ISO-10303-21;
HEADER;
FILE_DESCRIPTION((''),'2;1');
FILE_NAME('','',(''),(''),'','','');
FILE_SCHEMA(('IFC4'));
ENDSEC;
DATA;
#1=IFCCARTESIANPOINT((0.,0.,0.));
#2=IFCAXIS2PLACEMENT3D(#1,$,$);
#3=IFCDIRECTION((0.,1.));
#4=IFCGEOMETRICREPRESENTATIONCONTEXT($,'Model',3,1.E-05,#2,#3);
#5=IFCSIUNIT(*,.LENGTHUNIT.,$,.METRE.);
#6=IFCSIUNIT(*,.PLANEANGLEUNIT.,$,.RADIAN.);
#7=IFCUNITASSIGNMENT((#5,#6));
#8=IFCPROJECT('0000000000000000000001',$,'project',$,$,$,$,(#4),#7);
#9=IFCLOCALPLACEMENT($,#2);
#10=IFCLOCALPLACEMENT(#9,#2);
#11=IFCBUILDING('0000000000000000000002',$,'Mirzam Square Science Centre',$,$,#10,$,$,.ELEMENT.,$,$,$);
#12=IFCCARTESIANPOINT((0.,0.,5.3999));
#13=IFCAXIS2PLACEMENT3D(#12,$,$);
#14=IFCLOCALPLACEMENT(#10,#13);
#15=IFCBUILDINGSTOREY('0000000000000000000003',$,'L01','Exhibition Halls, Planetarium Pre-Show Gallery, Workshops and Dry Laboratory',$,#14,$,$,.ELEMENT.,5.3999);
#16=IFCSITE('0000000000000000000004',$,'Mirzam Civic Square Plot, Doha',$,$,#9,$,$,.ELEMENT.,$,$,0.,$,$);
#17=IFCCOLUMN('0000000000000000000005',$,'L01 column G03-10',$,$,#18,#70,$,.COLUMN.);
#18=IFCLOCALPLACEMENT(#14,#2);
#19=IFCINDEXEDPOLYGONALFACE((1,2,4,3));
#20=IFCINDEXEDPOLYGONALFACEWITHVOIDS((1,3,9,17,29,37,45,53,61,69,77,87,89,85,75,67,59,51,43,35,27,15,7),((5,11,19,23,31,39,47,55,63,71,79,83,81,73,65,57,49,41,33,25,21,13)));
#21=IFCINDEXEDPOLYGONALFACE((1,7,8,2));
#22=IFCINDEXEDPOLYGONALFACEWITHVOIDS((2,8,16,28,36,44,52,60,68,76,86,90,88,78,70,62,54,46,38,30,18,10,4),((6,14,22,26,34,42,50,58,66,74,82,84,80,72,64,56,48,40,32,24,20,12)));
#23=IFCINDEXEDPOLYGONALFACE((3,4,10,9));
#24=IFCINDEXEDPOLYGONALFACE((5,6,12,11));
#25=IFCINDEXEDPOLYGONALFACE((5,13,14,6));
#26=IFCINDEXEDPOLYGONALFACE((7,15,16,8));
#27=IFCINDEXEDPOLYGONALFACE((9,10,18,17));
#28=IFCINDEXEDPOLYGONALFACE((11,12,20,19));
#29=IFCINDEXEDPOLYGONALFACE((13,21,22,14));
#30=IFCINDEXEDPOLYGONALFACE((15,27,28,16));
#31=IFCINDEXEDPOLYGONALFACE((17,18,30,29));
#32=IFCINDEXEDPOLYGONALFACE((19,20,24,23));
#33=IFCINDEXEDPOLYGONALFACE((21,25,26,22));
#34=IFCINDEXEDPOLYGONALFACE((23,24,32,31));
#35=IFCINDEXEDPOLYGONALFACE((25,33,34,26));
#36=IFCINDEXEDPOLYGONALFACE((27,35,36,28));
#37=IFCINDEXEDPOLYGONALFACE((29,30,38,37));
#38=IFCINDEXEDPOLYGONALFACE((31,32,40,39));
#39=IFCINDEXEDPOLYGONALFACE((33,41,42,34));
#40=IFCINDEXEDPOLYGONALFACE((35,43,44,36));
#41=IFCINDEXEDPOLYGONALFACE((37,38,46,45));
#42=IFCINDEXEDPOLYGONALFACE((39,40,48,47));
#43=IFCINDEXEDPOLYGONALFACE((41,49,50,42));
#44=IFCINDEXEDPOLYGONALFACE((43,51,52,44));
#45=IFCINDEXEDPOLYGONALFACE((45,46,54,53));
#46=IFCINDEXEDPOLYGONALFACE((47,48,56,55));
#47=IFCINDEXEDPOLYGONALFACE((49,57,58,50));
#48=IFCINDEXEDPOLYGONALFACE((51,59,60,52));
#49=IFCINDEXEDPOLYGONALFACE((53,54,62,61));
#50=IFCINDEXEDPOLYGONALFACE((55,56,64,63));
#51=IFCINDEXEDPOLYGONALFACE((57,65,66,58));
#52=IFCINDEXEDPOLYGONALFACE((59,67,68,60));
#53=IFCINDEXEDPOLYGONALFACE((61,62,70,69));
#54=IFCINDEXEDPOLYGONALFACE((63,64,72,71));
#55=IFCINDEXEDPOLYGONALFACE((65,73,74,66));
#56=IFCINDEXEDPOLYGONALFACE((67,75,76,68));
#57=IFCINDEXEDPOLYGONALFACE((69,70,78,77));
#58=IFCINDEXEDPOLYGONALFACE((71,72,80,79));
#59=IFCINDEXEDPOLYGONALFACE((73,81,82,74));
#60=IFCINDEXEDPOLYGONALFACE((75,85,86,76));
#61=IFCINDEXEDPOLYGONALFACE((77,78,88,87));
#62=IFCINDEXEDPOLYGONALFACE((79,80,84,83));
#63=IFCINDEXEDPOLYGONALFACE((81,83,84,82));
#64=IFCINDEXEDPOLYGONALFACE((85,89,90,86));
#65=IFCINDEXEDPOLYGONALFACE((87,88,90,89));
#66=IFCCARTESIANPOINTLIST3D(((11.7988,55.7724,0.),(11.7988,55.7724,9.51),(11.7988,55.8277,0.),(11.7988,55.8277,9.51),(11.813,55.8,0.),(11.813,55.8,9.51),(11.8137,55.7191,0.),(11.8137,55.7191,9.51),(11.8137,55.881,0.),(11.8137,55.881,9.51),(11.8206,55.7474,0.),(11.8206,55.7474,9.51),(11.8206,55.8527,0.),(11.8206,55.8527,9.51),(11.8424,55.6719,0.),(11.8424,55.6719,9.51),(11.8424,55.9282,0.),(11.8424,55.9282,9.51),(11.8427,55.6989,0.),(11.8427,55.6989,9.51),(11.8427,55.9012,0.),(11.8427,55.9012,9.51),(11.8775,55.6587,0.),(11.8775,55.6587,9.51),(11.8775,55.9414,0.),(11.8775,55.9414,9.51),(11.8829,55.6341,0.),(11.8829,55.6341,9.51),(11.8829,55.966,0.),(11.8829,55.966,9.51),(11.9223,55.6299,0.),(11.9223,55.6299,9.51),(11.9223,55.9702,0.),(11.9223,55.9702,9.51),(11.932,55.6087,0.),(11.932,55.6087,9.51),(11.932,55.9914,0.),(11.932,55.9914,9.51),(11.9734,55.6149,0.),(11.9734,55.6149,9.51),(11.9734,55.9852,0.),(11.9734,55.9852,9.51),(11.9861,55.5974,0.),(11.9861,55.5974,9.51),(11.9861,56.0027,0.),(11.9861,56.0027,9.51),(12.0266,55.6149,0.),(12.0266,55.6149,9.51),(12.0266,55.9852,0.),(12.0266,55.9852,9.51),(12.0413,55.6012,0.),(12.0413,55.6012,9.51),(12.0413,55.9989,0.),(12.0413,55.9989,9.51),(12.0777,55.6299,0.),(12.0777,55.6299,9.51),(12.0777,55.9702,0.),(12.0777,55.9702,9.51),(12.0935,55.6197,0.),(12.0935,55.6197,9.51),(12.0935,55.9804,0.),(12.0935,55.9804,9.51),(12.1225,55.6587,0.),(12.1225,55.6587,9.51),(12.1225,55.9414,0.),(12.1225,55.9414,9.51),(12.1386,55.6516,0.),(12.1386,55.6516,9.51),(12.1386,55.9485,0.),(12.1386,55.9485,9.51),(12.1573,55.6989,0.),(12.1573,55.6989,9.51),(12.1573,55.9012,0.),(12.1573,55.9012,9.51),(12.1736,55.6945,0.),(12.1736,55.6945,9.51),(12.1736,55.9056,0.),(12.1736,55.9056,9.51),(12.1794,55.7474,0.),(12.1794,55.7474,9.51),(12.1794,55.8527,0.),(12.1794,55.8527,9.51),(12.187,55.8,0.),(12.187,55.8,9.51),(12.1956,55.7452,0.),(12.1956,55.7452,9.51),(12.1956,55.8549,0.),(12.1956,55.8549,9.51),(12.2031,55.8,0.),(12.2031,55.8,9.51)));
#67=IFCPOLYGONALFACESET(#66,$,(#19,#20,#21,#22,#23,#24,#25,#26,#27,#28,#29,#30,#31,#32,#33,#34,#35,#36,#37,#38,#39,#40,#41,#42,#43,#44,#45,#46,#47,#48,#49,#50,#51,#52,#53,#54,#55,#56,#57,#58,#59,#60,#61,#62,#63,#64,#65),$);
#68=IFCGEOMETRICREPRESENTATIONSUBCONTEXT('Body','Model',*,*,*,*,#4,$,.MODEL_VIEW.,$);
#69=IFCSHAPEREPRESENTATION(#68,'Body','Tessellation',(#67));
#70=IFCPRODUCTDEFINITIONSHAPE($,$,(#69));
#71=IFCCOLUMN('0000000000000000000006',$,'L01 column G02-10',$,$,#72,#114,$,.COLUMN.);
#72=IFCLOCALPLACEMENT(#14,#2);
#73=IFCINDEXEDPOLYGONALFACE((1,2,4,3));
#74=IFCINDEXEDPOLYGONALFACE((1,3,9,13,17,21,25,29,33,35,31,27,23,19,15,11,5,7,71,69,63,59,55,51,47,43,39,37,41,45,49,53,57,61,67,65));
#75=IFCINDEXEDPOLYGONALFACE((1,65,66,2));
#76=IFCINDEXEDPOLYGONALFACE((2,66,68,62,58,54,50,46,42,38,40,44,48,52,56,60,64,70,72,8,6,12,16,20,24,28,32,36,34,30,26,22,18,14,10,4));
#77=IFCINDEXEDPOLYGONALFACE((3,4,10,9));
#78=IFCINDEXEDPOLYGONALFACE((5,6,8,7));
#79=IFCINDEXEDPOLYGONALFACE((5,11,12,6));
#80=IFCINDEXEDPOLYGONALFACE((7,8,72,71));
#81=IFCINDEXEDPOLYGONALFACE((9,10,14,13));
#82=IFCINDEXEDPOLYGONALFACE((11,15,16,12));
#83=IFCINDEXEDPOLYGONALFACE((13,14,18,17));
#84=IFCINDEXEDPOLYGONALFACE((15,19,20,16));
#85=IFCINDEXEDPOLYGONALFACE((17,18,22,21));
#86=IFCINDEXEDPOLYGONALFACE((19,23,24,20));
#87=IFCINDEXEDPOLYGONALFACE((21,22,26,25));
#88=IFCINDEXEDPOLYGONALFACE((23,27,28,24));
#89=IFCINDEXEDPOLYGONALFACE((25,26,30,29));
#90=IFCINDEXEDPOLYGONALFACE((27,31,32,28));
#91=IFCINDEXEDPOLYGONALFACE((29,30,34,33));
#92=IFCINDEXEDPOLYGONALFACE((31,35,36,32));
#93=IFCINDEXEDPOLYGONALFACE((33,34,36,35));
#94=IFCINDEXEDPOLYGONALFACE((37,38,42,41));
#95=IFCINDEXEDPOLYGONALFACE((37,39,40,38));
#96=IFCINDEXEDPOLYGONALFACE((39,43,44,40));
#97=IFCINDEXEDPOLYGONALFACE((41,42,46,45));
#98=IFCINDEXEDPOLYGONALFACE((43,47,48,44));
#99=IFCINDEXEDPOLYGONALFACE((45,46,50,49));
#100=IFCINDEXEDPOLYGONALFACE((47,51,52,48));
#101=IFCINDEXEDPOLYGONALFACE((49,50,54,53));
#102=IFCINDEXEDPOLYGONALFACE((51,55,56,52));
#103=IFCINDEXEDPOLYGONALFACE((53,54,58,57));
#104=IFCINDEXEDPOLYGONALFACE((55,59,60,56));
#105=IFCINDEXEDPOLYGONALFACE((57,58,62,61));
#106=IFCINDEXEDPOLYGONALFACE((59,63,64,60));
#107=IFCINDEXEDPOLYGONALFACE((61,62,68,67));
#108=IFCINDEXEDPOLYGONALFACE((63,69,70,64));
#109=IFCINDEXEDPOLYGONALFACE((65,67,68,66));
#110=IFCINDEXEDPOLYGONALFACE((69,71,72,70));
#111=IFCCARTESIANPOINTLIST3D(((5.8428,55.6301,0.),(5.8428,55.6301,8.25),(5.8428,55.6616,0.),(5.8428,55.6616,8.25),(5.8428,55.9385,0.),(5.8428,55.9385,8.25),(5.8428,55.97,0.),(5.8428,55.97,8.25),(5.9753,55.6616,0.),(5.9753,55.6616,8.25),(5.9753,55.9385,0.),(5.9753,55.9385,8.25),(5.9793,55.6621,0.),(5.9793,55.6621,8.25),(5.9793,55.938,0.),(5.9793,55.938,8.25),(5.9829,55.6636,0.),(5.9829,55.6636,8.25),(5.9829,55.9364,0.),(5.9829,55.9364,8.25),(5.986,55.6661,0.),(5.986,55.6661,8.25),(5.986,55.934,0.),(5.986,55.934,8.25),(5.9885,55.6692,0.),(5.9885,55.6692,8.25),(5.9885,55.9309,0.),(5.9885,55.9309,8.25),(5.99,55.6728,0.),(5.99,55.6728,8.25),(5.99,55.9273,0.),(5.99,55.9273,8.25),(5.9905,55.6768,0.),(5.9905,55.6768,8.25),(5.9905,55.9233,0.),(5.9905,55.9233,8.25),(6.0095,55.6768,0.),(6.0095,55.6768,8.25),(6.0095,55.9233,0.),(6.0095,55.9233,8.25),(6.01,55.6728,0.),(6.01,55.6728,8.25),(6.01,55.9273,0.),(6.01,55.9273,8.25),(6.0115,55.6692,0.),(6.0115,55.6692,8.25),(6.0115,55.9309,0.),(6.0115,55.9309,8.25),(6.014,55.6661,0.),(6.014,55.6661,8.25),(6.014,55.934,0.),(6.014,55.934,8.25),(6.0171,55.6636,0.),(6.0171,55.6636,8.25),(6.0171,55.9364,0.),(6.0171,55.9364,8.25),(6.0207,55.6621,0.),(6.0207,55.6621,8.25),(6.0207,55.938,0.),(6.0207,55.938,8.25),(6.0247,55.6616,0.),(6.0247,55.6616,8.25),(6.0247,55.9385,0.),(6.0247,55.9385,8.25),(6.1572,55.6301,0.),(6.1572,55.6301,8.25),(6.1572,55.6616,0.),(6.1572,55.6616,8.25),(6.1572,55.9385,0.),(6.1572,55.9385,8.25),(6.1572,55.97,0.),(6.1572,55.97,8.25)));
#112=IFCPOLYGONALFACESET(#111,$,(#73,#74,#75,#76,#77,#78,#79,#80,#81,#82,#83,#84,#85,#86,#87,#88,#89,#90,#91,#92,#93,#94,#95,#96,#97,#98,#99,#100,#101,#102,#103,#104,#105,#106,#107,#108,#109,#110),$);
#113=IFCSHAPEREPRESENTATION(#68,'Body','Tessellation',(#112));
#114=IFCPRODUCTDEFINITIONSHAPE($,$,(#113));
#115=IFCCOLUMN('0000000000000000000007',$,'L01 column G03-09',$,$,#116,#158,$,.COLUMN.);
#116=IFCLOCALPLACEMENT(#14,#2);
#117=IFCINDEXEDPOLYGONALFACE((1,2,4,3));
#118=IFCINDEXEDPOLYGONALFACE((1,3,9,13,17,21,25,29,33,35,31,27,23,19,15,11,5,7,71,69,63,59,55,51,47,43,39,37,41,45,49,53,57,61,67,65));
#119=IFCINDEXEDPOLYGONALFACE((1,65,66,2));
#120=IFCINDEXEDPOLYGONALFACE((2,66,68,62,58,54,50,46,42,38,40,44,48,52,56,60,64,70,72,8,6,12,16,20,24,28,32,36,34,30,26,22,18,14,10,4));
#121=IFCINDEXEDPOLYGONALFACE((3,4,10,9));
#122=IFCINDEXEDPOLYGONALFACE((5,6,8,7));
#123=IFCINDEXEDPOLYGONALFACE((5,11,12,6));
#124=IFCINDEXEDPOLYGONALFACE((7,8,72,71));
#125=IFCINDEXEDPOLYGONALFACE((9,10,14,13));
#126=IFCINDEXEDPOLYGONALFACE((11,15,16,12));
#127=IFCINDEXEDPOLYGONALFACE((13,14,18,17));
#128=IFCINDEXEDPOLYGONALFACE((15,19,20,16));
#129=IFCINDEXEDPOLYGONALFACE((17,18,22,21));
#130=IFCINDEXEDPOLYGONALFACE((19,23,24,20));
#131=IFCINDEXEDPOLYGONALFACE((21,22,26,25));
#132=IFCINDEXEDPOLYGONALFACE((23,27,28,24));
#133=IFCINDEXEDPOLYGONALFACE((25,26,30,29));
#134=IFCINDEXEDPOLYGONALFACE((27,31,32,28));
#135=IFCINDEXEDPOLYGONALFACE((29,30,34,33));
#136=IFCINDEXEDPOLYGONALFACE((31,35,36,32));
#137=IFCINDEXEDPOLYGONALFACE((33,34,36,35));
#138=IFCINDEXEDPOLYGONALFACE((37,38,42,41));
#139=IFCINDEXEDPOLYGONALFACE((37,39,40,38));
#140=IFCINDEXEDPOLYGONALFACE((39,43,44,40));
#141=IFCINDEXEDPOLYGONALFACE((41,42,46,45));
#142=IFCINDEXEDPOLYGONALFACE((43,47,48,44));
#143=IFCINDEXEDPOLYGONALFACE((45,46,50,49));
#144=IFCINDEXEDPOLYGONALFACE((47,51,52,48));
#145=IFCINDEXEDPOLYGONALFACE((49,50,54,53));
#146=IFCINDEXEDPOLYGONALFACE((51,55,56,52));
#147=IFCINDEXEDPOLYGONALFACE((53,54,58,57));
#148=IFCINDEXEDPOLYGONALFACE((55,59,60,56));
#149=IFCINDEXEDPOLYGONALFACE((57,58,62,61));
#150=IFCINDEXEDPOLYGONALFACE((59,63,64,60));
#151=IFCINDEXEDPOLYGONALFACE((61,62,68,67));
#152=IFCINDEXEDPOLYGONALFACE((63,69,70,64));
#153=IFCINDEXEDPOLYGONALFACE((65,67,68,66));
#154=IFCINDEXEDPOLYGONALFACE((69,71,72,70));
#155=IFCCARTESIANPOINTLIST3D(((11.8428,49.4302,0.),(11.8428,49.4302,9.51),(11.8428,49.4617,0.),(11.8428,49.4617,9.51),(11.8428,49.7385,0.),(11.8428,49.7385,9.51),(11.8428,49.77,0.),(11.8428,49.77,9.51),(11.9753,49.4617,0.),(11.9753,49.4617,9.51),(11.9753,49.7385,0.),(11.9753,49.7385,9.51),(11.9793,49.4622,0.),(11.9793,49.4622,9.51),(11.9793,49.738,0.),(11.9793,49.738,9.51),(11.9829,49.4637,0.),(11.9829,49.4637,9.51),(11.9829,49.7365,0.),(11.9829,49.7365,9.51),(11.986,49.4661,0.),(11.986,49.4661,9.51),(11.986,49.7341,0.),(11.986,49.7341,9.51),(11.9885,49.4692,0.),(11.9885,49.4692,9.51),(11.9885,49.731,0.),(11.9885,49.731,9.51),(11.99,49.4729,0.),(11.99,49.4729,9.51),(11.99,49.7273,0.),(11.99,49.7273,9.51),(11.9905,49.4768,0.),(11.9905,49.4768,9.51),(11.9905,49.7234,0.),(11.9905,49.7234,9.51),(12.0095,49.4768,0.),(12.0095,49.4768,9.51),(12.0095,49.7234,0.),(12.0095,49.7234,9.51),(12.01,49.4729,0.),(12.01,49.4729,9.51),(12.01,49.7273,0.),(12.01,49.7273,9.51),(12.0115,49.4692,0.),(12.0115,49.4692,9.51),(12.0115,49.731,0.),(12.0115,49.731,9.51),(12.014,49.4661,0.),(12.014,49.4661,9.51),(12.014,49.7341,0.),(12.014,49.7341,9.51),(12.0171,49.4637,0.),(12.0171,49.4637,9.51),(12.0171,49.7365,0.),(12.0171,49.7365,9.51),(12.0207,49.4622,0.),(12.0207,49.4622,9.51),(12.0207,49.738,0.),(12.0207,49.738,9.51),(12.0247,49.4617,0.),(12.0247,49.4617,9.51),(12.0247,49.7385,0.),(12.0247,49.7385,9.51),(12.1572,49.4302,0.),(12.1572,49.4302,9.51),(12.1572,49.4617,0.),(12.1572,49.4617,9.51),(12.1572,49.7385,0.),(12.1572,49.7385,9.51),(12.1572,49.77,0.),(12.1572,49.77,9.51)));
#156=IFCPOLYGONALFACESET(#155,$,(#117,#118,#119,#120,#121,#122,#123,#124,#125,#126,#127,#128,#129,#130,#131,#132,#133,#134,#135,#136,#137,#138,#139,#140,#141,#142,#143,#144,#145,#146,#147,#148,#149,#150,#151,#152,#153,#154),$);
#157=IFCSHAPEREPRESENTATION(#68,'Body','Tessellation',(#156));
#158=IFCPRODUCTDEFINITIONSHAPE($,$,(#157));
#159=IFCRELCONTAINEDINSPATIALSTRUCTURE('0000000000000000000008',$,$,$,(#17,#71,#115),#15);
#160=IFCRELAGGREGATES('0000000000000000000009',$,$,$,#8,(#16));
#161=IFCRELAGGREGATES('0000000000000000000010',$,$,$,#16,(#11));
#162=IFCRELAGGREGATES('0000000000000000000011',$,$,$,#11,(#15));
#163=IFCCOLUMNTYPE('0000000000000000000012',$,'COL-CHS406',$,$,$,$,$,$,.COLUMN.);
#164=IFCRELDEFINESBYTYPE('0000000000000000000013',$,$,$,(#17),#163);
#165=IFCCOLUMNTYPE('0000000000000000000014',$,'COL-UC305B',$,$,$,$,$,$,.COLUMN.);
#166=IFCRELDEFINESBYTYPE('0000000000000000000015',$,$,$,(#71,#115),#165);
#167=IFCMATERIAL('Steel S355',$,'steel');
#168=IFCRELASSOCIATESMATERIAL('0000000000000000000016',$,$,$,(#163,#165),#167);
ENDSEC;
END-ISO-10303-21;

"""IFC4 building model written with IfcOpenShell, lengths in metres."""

from ifc_helpers import new_model, si_unit, direction, frame, origin, origin_2d, place, context, subcontext, project, spatial, hollow_circle, i_section, extrude, material, material_profile, profile_set, type_object, element, save


model = new_model("IFC4")

# Units and contexts
model_context = context("Model", 3, precision=1e-05, world=origin(), true_north=direction((0.0, 1.0)))
body_context = subcontext(model_context, "Body", "Model", "MODEL_VIEW")
ifc_project = project(units=[si_unit("LENGTHUNIT", "METRE"), si_unit("PLANEANGLEUNIT", "RADIAN")], contexts=[model_context])

# Site, building, storey
site_placement = place(None, origin())
site = spatial("IfcSite", under=ifc_project, at=site_placement, Name="Mirzam Civic Square Plot, Doha", CompositionType="ELEMENT", RefElevation=0.0)
building_placement = place(site_placement, origin())
building = spatial("IfcBuilding", under=site, at=building_placement, Name="Mirzam Square Science Centre", CompositionType="ELEMENT")
storey_placement = place(building_placement, frame((0.0, 0.0, 5.3999)))
storey = spatial("IfcBuildingStorey", under=building, at=storey_placement, Name="L01", Description="Exhibition Halls, Planetarium Pre-Show Gallery, Workshops and Dry Laboratory", CompositionType="ELEMENT", Elevation=5.3999)

# Columns
ifc_material_1 = material(Name="Steel S355", Category="steel")
ifc_material_profile_1 = material_profile(ifc_material_1, hollow_circle(Radius=0.2031, WallThickness=0.0161, at=origin_2d()), Name="406.4x16.0CHS")
ifc_profile_set_1 = profile_set([ifc_material_profile_1], Name="Steel S355")
column_type_1 = type_object("IfcColumnType", Name="COL-CHS406", PredefinedType="COLUMN", material=ifc_profile_set_1)
column_1_placement = place(storey_placement, frame((12.0, 55.8, 0.0), z_axis=(0.0, 0.0, 1.0), x_axis=(1.0, 0.0, 0.0)))
element("IfcColumn", 1, at=column_1_placement, inside=storey, type_object=column_type_1, Name="L01 column G03-10", PredefinedType="COLUMN", context=body_context, shape_type="SweptSolid", body=[
    extrude(hollow_circle(Radius=0.2031, WallThickness=0.0161, at=origin_2d()), origin(), (0.0, 0.0, 1.0), 9.51),
])
ifc_material_profile_2 = material_profile(ifc_material_1, i_section(OverallWidth=0.3145, OverallDepth=0.3398, WebThickness=0.019, FlangeThickness=0.0315, FilletRadius=0.0151, at=origin_2d()), Name="305x305x198UC")
ifc_profile_set_2 = profile_set([ifc_material_profile_2], Name="Steel S355")
column_type_2 = type_object("IfcColumnType", Name="COL-UC305B", PredefinedType="COLUMN", material=ifc_profile_set_2)
column_2_placement = place(storey_placement, frame((6.0, 55.8, 0.0), z_axis=(0.0, 0.0, 1.0), x_axis=(1.0, 0.0, 0.0)))
element("IfcColumn", 2, at=column_2_placement, inside=storey, type_object=column_type_2, Name="L01 column G02-10", PredefinedType="COLUMN", context=body_context, shape_type="SweptSolid", body=[
    extrude(i_section(OverallWidth=0.3145, OverallDepth=0.3398, WebThickness=0.019, FlangeThickness=0.0315, FilletRadius=0.0151, at=origin_2d()), origin(), (0.0, 0.0, 1.0), 8.25),
])
column_3_placement = place(storey_placement, frame((12.0, 49.6001, 0.0), z_axis=(0.0, 0.0, 1.0), x_axis=(1.0, 0.0, 0.0)))
element("IfcColumn", 3, at=column_3_placement, inside=storey, type_object=column_type_2, Name="L01 column G03-09", PredefinedType="COLUMN", context=body_context, shape_type="SweptSolid", body=[
    extrude(i_section(OverallWidth=0.3145, OverallDepth=0.3398, WebThickness=0.019, FlangeThickness=0.0315, FilletRadius=0.0151, at=origin_2d()), origin(), (0.0, 0.0, 1.0), 9.51),
])

save(model, "model.ifc")
